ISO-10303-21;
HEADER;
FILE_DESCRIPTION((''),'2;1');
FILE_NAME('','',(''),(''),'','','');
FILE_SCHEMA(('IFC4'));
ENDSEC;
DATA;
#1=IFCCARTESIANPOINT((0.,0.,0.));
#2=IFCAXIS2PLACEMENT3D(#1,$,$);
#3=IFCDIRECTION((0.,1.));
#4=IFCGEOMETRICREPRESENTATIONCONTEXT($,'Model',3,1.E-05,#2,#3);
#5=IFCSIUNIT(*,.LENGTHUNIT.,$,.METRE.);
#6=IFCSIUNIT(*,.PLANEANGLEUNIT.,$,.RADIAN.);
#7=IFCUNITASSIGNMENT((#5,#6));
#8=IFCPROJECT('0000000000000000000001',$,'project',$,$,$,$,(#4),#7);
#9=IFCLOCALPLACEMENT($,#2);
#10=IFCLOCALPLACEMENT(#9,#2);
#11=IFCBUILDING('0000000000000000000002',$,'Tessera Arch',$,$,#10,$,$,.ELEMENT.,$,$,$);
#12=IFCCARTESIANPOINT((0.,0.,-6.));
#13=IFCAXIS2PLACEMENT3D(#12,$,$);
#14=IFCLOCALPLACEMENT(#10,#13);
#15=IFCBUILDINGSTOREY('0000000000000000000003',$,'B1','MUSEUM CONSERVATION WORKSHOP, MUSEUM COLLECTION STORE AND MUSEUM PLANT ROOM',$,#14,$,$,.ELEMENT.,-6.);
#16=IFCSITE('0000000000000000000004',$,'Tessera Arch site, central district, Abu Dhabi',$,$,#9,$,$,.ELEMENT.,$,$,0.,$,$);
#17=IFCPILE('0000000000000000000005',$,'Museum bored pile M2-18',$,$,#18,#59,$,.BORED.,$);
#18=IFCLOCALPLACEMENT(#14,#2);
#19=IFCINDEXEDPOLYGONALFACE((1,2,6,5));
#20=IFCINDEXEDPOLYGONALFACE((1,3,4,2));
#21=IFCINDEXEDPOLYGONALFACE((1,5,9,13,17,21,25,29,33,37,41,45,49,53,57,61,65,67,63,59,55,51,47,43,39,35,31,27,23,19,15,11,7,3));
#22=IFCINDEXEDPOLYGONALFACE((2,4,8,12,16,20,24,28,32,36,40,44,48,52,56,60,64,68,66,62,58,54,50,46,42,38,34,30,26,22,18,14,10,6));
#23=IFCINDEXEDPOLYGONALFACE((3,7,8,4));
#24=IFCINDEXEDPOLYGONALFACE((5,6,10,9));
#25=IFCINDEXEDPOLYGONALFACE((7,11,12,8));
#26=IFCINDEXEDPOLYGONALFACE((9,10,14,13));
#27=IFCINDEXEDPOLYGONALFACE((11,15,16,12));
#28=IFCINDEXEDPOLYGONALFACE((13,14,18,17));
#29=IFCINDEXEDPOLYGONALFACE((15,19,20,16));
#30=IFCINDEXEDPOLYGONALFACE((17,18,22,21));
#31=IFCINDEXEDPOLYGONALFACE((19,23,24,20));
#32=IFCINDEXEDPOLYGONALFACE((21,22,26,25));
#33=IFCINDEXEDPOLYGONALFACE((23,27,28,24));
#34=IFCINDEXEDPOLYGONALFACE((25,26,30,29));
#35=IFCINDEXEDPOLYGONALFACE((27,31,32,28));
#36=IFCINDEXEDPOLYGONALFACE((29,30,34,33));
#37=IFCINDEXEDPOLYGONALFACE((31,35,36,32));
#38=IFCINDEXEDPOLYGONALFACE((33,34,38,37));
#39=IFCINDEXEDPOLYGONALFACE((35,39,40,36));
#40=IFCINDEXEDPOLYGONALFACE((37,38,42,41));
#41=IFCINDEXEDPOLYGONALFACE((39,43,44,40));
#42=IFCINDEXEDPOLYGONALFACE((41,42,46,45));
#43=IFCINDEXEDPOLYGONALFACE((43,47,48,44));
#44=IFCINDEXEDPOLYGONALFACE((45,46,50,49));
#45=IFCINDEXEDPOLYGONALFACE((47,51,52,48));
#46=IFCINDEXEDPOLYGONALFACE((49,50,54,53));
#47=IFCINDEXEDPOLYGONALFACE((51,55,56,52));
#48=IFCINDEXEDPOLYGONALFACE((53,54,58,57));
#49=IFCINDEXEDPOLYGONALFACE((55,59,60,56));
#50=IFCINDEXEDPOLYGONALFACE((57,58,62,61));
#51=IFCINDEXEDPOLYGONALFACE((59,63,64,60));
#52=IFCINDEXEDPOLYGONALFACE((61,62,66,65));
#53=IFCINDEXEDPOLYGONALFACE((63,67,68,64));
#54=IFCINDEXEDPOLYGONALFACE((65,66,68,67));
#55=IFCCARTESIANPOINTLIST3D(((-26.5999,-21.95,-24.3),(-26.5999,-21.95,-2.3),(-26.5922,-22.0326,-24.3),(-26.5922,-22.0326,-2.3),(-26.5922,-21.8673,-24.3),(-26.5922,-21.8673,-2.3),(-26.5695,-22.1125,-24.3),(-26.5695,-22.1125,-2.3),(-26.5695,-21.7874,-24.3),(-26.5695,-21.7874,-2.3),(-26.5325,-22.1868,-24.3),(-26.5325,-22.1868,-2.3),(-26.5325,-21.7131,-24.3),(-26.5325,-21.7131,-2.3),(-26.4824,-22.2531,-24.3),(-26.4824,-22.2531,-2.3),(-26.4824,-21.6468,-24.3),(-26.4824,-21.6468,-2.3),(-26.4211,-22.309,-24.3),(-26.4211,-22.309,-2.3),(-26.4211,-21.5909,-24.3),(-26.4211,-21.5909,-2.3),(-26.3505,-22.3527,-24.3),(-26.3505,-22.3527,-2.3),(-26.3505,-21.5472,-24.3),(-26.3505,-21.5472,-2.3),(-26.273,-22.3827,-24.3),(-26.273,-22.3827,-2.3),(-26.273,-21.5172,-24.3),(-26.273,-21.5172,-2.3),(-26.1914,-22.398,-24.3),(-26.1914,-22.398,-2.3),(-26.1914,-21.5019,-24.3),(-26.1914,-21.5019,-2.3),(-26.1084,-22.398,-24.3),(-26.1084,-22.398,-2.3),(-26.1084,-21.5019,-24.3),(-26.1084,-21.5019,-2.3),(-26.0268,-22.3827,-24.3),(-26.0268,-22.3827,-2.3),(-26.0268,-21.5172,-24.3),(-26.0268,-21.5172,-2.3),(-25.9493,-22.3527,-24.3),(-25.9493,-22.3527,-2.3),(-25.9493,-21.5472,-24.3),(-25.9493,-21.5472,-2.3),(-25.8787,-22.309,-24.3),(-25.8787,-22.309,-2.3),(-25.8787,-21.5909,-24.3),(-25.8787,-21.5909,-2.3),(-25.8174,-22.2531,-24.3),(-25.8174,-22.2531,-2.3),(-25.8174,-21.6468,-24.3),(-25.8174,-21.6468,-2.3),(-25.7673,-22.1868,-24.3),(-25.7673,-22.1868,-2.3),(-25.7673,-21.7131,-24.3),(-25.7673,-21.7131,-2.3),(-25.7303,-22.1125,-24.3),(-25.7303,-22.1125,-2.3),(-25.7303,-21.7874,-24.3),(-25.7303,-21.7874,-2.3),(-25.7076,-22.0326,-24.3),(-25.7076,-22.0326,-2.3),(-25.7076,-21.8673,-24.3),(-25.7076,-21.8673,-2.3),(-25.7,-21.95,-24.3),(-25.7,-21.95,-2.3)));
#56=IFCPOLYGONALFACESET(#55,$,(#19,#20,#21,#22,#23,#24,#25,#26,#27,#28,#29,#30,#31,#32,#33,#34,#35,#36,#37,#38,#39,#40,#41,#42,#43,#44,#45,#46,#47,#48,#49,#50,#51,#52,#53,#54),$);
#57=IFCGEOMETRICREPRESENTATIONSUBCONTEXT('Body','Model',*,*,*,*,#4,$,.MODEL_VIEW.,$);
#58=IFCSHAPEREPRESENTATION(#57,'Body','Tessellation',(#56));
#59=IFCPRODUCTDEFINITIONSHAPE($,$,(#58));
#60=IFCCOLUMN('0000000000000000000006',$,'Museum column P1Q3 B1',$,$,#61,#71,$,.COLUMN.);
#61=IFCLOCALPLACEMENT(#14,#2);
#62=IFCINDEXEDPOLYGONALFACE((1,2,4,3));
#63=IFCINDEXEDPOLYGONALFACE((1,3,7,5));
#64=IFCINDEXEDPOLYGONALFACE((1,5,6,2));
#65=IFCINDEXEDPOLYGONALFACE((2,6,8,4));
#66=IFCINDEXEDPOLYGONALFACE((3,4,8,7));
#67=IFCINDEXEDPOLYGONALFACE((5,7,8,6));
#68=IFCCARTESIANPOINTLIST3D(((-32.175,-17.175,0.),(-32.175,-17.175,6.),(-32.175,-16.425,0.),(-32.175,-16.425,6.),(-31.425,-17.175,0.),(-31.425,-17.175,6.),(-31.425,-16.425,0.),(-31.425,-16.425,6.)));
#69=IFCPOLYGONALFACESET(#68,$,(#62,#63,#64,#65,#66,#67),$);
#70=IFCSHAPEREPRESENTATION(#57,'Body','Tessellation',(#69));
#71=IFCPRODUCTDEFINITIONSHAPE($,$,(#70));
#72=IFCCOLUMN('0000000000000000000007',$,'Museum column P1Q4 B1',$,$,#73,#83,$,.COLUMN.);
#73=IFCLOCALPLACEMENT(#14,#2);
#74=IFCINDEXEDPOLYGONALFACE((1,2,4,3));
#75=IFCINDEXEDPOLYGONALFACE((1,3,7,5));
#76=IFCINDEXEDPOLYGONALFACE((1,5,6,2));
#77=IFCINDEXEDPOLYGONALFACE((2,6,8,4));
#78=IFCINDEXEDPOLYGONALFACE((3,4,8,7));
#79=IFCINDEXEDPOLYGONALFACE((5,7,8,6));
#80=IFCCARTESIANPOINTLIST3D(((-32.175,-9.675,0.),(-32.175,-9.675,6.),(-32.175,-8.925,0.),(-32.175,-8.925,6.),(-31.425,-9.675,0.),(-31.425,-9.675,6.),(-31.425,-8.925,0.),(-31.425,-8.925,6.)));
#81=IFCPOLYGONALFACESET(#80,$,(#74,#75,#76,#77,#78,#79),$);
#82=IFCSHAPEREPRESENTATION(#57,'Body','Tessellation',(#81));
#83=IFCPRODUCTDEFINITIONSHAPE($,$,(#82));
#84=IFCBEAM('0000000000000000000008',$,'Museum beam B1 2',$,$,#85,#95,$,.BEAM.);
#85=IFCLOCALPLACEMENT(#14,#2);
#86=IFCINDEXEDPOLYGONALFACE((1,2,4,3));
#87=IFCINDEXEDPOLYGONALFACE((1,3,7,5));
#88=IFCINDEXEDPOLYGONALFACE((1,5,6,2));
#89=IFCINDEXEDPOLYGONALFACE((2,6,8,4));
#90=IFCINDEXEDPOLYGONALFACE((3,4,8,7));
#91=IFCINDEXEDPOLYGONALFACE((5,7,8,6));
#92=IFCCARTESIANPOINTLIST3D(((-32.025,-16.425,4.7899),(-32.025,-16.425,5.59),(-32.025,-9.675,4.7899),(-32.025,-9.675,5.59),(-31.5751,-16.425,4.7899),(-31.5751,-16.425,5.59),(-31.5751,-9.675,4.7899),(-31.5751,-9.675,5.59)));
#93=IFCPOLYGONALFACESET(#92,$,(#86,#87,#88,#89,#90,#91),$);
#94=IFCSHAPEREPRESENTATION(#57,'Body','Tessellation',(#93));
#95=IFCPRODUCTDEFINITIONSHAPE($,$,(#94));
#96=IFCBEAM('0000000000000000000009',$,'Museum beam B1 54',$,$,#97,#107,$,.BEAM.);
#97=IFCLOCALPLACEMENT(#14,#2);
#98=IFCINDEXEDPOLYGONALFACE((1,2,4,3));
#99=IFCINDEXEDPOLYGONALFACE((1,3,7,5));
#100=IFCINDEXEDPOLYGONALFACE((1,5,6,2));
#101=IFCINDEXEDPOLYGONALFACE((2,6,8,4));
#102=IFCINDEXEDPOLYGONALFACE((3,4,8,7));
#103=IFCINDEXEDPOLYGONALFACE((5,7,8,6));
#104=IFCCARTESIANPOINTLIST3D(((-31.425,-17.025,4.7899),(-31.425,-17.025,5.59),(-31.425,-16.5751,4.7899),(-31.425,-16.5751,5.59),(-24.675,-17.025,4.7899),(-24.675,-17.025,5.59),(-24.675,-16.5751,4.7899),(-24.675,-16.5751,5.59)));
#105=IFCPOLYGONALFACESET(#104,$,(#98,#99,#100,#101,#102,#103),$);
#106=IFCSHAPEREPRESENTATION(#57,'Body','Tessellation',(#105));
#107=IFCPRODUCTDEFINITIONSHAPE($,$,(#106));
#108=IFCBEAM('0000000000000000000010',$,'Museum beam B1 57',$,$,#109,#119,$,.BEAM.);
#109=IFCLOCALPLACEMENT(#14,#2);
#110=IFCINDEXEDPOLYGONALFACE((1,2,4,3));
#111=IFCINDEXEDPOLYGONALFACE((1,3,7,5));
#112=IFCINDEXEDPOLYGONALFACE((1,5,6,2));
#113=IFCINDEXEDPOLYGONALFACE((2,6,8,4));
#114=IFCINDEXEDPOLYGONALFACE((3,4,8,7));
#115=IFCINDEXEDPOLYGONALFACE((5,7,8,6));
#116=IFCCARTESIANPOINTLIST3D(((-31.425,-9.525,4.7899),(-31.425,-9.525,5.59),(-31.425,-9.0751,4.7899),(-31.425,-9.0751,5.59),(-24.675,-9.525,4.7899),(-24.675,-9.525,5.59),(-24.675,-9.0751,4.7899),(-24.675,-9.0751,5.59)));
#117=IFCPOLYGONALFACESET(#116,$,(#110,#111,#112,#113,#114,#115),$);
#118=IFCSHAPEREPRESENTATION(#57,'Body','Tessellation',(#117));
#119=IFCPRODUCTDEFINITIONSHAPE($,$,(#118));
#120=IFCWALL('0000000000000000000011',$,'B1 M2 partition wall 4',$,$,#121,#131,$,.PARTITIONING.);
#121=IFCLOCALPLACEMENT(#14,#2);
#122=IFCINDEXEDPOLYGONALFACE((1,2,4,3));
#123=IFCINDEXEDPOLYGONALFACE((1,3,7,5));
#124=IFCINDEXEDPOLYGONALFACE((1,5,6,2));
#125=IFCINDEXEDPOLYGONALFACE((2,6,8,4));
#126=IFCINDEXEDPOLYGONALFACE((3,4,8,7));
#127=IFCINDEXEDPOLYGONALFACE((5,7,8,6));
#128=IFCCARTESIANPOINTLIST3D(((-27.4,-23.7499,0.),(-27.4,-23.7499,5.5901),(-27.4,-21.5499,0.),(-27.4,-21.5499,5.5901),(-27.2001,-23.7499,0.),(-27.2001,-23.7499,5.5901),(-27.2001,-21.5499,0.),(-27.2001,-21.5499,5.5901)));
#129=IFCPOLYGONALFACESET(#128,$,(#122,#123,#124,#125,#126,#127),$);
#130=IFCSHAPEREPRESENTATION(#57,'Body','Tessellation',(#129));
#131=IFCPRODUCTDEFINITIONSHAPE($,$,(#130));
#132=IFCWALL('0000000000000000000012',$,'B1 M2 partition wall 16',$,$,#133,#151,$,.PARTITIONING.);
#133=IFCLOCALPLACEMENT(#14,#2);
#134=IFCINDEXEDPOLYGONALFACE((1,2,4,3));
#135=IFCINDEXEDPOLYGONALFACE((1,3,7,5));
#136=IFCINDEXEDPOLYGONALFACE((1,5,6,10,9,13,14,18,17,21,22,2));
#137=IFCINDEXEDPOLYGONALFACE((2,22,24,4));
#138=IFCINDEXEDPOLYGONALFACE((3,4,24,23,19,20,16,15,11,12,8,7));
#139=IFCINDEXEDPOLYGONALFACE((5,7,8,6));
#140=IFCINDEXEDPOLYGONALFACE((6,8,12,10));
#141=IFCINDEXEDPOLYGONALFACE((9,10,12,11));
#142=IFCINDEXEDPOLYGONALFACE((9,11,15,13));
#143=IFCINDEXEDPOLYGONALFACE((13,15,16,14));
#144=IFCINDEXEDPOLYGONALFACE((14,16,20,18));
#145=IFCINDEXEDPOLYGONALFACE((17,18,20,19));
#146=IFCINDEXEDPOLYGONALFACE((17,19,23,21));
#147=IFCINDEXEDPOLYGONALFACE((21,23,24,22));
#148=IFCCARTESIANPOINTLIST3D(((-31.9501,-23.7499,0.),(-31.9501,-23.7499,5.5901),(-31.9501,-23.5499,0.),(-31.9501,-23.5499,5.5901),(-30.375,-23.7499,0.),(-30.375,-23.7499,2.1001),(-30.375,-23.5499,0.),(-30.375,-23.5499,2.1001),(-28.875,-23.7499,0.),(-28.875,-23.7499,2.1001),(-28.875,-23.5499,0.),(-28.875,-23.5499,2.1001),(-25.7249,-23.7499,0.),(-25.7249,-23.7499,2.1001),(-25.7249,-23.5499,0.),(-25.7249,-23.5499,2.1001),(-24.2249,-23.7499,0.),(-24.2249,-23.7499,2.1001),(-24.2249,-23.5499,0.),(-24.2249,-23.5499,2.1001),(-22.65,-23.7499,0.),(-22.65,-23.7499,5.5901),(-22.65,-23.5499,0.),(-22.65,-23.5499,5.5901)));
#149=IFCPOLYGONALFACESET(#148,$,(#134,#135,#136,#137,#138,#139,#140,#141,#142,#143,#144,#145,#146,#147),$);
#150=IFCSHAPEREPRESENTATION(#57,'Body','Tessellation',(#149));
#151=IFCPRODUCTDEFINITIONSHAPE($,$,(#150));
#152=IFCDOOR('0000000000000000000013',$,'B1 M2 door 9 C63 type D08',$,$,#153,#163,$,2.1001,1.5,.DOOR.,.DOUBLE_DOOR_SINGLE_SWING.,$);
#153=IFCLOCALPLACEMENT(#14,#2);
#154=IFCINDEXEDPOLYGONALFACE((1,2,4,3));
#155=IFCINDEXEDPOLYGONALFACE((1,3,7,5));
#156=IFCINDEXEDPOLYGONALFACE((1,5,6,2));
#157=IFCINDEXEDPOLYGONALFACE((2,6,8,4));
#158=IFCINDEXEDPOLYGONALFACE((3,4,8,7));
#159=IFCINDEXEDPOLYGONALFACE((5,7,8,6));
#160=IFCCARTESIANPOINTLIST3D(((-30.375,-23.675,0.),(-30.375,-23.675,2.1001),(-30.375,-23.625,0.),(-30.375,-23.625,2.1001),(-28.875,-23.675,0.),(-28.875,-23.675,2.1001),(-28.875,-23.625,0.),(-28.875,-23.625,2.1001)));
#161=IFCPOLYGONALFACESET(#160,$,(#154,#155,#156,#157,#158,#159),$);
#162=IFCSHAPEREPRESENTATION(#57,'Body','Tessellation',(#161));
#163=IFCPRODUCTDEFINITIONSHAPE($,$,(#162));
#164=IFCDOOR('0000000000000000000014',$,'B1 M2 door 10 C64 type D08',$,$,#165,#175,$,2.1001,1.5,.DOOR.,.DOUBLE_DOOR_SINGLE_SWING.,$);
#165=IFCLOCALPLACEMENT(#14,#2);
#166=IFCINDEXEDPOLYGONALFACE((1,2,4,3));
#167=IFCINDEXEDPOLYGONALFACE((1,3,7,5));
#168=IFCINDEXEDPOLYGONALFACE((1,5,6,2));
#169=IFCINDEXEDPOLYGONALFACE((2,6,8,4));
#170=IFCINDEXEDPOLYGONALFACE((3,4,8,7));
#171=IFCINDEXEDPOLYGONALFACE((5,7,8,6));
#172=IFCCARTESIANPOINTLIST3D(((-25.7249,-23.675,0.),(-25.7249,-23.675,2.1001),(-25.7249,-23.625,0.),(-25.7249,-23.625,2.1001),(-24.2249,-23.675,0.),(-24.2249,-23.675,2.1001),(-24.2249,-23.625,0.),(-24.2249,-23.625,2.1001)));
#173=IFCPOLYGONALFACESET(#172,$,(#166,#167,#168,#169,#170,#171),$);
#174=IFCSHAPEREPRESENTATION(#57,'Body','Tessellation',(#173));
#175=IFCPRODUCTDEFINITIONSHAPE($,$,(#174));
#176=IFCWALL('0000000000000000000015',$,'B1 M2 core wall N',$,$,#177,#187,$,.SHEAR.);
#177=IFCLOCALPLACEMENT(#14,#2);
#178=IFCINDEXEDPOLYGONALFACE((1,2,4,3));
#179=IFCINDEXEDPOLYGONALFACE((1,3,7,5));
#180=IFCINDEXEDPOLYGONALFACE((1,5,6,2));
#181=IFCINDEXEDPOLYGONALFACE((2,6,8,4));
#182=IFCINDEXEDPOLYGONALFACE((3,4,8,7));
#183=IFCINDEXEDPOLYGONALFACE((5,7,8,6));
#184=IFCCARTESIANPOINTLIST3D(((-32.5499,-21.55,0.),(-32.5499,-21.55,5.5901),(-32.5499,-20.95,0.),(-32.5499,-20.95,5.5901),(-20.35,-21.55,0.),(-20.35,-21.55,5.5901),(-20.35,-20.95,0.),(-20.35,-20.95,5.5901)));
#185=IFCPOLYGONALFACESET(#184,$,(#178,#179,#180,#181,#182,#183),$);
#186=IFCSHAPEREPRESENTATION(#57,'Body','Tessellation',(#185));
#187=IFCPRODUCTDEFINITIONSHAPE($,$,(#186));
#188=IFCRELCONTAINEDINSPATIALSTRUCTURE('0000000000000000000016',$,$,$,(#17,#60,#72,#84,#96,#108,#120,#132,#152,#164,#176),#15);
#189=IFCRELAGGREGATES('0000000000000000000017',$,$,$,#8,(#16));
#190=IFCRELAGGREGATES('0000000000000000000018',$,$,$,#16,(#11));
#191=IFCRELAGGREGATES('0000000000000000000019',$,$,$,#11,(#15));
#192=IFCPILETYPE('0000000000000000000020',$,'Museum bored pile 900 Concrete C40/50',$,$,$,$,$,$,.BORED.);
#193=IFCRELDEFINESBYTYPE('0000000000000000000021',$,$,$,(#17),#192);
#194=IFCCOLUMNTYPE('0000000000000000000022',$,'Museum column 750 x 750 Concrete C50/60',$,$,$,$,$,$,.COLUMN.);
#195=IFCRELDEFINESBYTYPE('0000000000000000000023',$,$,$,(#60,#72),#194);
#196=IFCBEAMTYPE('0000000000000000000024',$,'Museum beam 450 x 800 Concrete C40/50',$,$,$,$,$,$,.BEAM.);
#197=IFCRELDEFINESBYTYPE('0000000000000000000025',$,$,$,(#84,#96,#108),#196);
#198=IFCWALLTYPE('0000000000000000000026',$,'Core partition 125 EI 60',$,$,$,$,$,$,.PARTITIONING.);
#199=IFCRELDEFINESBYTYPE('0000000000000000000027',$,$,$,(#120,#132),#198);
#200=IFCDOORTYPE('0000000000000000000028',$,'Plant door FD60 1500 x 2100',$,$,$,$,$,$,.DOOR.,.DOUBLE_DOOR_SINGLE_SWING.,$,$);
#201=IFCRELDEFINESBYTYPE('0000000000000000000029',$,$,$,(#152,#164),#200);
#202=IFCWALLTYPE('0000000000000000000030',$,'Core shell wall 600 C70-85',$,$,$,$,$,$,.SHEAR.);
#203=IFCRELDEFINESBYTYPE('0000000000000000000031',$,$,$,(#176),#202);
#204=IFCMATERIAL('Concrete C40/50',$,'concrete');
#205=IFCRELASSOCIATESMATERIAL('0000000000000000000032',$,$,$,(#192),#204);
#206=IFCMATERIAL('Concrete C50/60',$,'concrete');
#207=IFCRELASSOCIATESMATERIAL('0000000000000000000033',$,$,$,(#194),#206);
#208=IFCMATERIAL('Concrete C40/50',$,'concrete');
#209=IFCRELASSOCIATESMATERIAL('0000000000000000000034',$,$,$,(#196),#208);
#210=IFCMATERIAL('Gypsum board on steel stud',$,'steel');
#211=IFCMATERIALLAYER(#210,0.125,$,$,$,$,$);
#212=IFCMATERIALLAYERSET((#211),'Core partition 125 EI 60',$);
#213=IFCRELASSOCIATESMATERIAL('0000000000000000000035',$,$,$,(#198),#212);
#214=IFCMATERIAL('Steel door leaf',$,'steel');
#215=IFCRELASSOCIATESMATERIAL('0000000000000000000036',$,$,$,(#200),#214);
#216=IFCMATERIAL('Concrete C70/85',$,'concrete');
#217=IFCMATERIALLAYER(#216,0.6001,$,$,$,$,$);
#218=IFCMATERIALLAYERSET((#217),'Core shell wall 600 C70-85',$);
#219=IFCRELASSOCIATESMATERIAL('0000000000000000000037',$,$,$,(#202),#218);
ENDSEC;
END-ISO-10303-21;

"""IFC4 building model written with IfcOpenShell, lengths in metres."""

from ifc_helpers import new_model, si_unit, direction, frame, frame_2d, origin, origin_2d, place, context, subcontext, project, spatial, rectangle, circle, extrude, material, layer, layer_set, material_profile, profile_set, type_object, element, fill, save


model = new_model("IFC4")

# Units and contexts
model_context = context("Model", 3, precision=1e-05, world=origin(), true_north=direction((0.0, 1.0)))
body_context = subcontext(model_context, "Body", "Model", "MODEL_VIEW")
ifc_project = project(units=[si_unit("LENGTHUNIT", "METRE"), si_unit("PLANEANGLEUNIT", "RADIAN")], contexts=[model_context])

# Site, building, storey
site_placement = place(None, origin())
site = spatial("IfcSite", under=ifc_project, at=site_placement, Name="Tessera Arch site, central district, Abu Dhabi", CompositionType="ELEMENT", RefElevation=0.0)
building_placement = place(site_placement, origin())
building = spatial("IfcBuilding", under=site, at=building_placement, Name="Tessera Arch", CompositionType="ELEMENT")
storey_placement = place(building_placement, frame((0.0, 0.0, -6.0)))
storey = spatial("IfcBuildingStorey", under=building, at=storey_placement, Name="B1", Description="MUSEUM CONSERVATION WORKSHOP, MUSEUM COLLECTION STORE AND MUSEUM PLANT ROOM", CompositionType="ELEMENT", Elevation=-6.0)

# Pile
ifc_material_1 = material(Name="Concrete C40/50", Category="concrete")
pile_type = type_object("IfcPileType", Name="Museum bored pile 900 Concrete C40/50", PredefinedType="BORED", material=ifc_material_1)
for number, where, z_axis, x_axis, name in (
    (1, (-26.1499, -21.95, -2.3), (0.0, 0.0, -1.0), (1.0, 0.0, 0.0), "Museum bored pile M2-18"),
):
    element("IfcPile", number, at=place(storey_placement, frame(where, z_axis=z_axis, x_axis=x_axis)), inside=storey, type_object=pile_type, Name=name, PredefinedType="BORED", context=body_context, shape_type="SweptSolid", body=[
        extrude(circle(Radius=0.45, at=origin_2d()), origin(), (0.0, 0.0, 1.0), 22.0),
    ])

# Columns
ifc_material_2 = material(Name="Concrete C50/60", Category="concrete")
ifc_material_profile_1 = material_profile(ifc_material_2, rectangle(XDim=0.75, YDim=0.75, at=origin_2d()), Name="Museum column 750 x 750 Concrete C50/60")
ifc_profile_set_1 = profile_set([ifc_material_profile_1], Name="Concrete C50/60")
column_type = type_object("IfcColumnType", Name="Museum column 750 x 750 Concrete C50/60", PredefinedType="COLUMN", material=ifc_profile_set_1)
for number, where, z_axis, x_axis, name in (
    (2, (-31.8, -16.8, 0.0), (0.0, 0.0, 1.0), (1.0, 0.0, 0.0), "Museum column P1Q3 B1"),
    (3, (-31.8, -9.3, 0.0), (0.0, 0.0, 1.0), (1.0, 0.0, 0.0), "Museum column P1Q4 B1"),
):
    element("IfcColumn", number, at=place(storey_placement, frame(where, z_axis=z_axis, x_axis=x_axis)), inside=storey, type_object=column_type, Name=name, PredefinedType="COLUMN", context=body_context, shape_type="SweptSolid", body=[
        extrude(rectangle(XDim=0.75, YDim=0.75, at=origin_2d()), origin(), (0.0, 0.0, 1.0), 6.0),
    ])

# Beams
ifc_material_3 = material(Name="Concrete C40/50", Category="concrete")
ifc_material_profile_2 = material_profile(ifc_material_3, rectangle(XDim=0.45, YDim=0.8, at=origin_2d()), Name="Museum beam 450 x 800 Concrete C40/50")
ifc_profile_set_2 = profile_set([ifc_material_profile_2], Name="Concrete C40/50")
beam_type = type_object("IfcBeamType", Name="Museum beam 450 x 800 Concrete C40/50", PredefinedType="BEAM", material=ifc_profile_set_2)
for number, where, z_axis, x_axis, name in (
    (4, (-31.8, -16.425, 5.1899), (0.0, 1.0, 0.0), (-1.0, 0.0, 0.0), "Museum beam B1 2"),
    (5, (-31.425, -16.8, 5.1899), (1.0, 0.0, 0.0), (0.0, 1.0, 0.0), "Museum beam B1 54"),
    (6, (-31.425, -9.3, 5.1899), (1.0, 0.0, 0.0), (0.0, 1.0, 0.0), "Museum beam B1 57"),
):
    element("IfcBeam", number, at=place(storey_placement, frame(where, z_axis=z_axis, x_axis=x_axis)), inside=storey, type_object=beam_type, Name=name, PredefinedType="BEAM", context=body_context, shape_type="SweptSolid", body=[
        extrude(rectangle(XDim=0.45, YDim=0.8, at=origin_2d()), origin(), (0.0, 0.0, 1.0), 6.75),
    ])

# Wall
ifc_material_4 = material(Name="Gypsum board on steel stud", Category="steel")
ifc_layer_1 = layer(ifc_material_4, 0.125)
ifc_layer_set_1 = layer_set([ifc_layer_1], Name="Core partition 125 EI 60")
wall_type_1 = type_object("IfcWallType", Name="Core partition 125 EI 60", PredefinedType="PARTITIONING", material=ifc_layer_set_1)
wall_1_placement = place(storey_placement, frame((-27.3, -23.75, 0.0), z_axis=(0.0, 0.0, 1.0), x_axis=(0.0, 1.0, 0.0)))
element("IfcWall", 7, at=wall_1_placement, inside=storey, type_object=wall_type_1, Name="B1 M2 partition wall 4", PredefinedType="PARTITIONING", context=body_context, shape_type="SweptSolid", body=[
    extrude(rectangle(XDim=2.2, YDim=0.2, at=frame_2d((1.1001, 0.0))), origin(), (0.0, 0.0, 1.0), 5.5901),
])

# Wall, openings, doors
wall_2_placement = place(storey_placement, frame((-31.95, -23.6499, 0.0), z_axis=(0.0, 0.0, 1.0), x_axis=(1.0, 0.0, 0.0)))
wall_2 = element("IfcWall", 8, at=wall_2_placement, inside=storey, type_object=wall_type_1, Name="B1 M2 partition wall 16", PredefinedType="PARTITIONING", context=body_context, shape_type="SweptSolid", body=[
    extrude(rectangle(XDim=9.3, YDim=0.2, at=frame_2d((4.6499, 0.0))), origin(), (0.0, 0.0, 1.0), 5.5901),
])
opening_1_placement = place(wall_2_placement, frame((1.575, 0.0, 0.0)))
opening_1 = element("IfcOpeningElement", 9, at=opening_1_placement, cuts=wall_2, PredefinedType="OPENING", context=body_context, shape_type="SweptSolid", body=[
    extrude(rectangle(XDim=1.5, YDim=2.1001, at=frame_2d((0.75, 1.05))), frame((0.0, 0.1099, 0.0), z_axis=(0.0, -1.0, 0.0), x_axis=(1.0, 0.0, 0.0)), (0.0, 0.0, 1.0), 0.22),
])
opening_2_placement = place(wall_2_placement, frame((6.2251, 0.0, 0.0)))
opening_2 = element("IfcOpeningElement", 10, at=opening_2_placement, cuts=wall_2, PredefinedType="OPENING", context=body_context, shape_type="SweptSolid", body=[
    extrude(rectangle(XDim=1.5, YDim=2.1001, at=frame_2d((0.75, 1.05))), frame((0.0, 0.1099, 0.0), z_axis=(0.0, -1.0, 0.0), x_axis=(1.0, 0.0, 0.0)), (0.0, 0.0, 1.0), 0.22),
])
ifc_material_5 = material(Name="Steel door leaf", Category="steel")
door_type_1 = type_object("IfcDoorType", Name="Plant door FD60 1500 x 2100", OperationType="DOUBLE_DOOR_SINGLE_SWING", PredefinedType="DOOR", material=ifc_material_5)
door_1_placement = place(opening_1_placement, origin())
door_1 = element("IfcDoor", 11, at=door_1_placement, inside=storey, type_object=door_type_1, Name="B1 M2 door 9 C63 type D08", OperationType="DOUBLE_DOOR_SINGLE_SWING", OverallHeight=2.1001, OverallWidth=1.5, PredefinedType="DOOR", context=body_context, shape_type="SweptSolid", body=[
    extrude(rectangle(XDim=1.5, YDim=2.1001, at=frame_2d((0.75, 1.05))), frame((0.0, 0.0249, 0.0), z_axis=(0.0, -1.0, 0.0), x_axis=(1.0, 0.0, 0.0)), (0.0, 0.0, 1.0), 0.05),
])
fill(opening_1, door_1)
door_2_placement = place(opening_2_placement, origin())
door_2 = element("IfcDoor", 12, at=door_2_placement, inside=storey, type_object=door_type_1, Name="B1 M2 door 10 C64 type D08", OperationType="DOUBLE_DOOR_SINGLE_SWING", OverallHeight=2.1001, OverallWidth=1.5, PredefinedType="DOOR", context=body_context, shape_type="SweptSolid", body=[
    extrude(rectangle(XDim=1.5, YDim=2.1001, at=frame_2d((0.75, 1.05))), frame((0.0, 0.0249, 0.0), z_axis=(0.0, -1.0, 0.0), x_axis=(1.0, 0.0, 0.0)), (0.0, 0.0, 1.0), 0.05),
])
fill(opening_2, door_2)

# Wall
ifc_material_6 = material(Name="Concrete C70/85", Category="concrete")
ifc_layer_2 = layer(ifc_material_6, 0.6001)
ifc_layer_set_2 = layer_set([ifc_layer_2], Name="Core shell wall 600 C70-85")
wall_type_2 = type_object("IfcWallType", Name="Core shell wall 600 C70-85", PredefinedType="SHEAR", material=ifc_layer_set_2)
wall_3_placement = place(storey_placement, frame((-32.55, -21.25, 0.0), z_axis=(0.0, 0.0, 1.0), x_axis=(1.0, 0.0, 0.0)))
element("IfcWall", 13, at=wall_3_placement, inside=storey, type_object=wall_type_2, Name="B1 M2 core wall N", PredefinedType="SHEAR", context=body_context, shape_type="SweptSolid", body=[
    extrude(rectangle(XDim=12.2, YDim=0.6001, at=frame_2d((6.1001, 0.0))), origin(), (0.0, 0.0, 1.0), 5.5901),
])

save(model, "model.ifc")
